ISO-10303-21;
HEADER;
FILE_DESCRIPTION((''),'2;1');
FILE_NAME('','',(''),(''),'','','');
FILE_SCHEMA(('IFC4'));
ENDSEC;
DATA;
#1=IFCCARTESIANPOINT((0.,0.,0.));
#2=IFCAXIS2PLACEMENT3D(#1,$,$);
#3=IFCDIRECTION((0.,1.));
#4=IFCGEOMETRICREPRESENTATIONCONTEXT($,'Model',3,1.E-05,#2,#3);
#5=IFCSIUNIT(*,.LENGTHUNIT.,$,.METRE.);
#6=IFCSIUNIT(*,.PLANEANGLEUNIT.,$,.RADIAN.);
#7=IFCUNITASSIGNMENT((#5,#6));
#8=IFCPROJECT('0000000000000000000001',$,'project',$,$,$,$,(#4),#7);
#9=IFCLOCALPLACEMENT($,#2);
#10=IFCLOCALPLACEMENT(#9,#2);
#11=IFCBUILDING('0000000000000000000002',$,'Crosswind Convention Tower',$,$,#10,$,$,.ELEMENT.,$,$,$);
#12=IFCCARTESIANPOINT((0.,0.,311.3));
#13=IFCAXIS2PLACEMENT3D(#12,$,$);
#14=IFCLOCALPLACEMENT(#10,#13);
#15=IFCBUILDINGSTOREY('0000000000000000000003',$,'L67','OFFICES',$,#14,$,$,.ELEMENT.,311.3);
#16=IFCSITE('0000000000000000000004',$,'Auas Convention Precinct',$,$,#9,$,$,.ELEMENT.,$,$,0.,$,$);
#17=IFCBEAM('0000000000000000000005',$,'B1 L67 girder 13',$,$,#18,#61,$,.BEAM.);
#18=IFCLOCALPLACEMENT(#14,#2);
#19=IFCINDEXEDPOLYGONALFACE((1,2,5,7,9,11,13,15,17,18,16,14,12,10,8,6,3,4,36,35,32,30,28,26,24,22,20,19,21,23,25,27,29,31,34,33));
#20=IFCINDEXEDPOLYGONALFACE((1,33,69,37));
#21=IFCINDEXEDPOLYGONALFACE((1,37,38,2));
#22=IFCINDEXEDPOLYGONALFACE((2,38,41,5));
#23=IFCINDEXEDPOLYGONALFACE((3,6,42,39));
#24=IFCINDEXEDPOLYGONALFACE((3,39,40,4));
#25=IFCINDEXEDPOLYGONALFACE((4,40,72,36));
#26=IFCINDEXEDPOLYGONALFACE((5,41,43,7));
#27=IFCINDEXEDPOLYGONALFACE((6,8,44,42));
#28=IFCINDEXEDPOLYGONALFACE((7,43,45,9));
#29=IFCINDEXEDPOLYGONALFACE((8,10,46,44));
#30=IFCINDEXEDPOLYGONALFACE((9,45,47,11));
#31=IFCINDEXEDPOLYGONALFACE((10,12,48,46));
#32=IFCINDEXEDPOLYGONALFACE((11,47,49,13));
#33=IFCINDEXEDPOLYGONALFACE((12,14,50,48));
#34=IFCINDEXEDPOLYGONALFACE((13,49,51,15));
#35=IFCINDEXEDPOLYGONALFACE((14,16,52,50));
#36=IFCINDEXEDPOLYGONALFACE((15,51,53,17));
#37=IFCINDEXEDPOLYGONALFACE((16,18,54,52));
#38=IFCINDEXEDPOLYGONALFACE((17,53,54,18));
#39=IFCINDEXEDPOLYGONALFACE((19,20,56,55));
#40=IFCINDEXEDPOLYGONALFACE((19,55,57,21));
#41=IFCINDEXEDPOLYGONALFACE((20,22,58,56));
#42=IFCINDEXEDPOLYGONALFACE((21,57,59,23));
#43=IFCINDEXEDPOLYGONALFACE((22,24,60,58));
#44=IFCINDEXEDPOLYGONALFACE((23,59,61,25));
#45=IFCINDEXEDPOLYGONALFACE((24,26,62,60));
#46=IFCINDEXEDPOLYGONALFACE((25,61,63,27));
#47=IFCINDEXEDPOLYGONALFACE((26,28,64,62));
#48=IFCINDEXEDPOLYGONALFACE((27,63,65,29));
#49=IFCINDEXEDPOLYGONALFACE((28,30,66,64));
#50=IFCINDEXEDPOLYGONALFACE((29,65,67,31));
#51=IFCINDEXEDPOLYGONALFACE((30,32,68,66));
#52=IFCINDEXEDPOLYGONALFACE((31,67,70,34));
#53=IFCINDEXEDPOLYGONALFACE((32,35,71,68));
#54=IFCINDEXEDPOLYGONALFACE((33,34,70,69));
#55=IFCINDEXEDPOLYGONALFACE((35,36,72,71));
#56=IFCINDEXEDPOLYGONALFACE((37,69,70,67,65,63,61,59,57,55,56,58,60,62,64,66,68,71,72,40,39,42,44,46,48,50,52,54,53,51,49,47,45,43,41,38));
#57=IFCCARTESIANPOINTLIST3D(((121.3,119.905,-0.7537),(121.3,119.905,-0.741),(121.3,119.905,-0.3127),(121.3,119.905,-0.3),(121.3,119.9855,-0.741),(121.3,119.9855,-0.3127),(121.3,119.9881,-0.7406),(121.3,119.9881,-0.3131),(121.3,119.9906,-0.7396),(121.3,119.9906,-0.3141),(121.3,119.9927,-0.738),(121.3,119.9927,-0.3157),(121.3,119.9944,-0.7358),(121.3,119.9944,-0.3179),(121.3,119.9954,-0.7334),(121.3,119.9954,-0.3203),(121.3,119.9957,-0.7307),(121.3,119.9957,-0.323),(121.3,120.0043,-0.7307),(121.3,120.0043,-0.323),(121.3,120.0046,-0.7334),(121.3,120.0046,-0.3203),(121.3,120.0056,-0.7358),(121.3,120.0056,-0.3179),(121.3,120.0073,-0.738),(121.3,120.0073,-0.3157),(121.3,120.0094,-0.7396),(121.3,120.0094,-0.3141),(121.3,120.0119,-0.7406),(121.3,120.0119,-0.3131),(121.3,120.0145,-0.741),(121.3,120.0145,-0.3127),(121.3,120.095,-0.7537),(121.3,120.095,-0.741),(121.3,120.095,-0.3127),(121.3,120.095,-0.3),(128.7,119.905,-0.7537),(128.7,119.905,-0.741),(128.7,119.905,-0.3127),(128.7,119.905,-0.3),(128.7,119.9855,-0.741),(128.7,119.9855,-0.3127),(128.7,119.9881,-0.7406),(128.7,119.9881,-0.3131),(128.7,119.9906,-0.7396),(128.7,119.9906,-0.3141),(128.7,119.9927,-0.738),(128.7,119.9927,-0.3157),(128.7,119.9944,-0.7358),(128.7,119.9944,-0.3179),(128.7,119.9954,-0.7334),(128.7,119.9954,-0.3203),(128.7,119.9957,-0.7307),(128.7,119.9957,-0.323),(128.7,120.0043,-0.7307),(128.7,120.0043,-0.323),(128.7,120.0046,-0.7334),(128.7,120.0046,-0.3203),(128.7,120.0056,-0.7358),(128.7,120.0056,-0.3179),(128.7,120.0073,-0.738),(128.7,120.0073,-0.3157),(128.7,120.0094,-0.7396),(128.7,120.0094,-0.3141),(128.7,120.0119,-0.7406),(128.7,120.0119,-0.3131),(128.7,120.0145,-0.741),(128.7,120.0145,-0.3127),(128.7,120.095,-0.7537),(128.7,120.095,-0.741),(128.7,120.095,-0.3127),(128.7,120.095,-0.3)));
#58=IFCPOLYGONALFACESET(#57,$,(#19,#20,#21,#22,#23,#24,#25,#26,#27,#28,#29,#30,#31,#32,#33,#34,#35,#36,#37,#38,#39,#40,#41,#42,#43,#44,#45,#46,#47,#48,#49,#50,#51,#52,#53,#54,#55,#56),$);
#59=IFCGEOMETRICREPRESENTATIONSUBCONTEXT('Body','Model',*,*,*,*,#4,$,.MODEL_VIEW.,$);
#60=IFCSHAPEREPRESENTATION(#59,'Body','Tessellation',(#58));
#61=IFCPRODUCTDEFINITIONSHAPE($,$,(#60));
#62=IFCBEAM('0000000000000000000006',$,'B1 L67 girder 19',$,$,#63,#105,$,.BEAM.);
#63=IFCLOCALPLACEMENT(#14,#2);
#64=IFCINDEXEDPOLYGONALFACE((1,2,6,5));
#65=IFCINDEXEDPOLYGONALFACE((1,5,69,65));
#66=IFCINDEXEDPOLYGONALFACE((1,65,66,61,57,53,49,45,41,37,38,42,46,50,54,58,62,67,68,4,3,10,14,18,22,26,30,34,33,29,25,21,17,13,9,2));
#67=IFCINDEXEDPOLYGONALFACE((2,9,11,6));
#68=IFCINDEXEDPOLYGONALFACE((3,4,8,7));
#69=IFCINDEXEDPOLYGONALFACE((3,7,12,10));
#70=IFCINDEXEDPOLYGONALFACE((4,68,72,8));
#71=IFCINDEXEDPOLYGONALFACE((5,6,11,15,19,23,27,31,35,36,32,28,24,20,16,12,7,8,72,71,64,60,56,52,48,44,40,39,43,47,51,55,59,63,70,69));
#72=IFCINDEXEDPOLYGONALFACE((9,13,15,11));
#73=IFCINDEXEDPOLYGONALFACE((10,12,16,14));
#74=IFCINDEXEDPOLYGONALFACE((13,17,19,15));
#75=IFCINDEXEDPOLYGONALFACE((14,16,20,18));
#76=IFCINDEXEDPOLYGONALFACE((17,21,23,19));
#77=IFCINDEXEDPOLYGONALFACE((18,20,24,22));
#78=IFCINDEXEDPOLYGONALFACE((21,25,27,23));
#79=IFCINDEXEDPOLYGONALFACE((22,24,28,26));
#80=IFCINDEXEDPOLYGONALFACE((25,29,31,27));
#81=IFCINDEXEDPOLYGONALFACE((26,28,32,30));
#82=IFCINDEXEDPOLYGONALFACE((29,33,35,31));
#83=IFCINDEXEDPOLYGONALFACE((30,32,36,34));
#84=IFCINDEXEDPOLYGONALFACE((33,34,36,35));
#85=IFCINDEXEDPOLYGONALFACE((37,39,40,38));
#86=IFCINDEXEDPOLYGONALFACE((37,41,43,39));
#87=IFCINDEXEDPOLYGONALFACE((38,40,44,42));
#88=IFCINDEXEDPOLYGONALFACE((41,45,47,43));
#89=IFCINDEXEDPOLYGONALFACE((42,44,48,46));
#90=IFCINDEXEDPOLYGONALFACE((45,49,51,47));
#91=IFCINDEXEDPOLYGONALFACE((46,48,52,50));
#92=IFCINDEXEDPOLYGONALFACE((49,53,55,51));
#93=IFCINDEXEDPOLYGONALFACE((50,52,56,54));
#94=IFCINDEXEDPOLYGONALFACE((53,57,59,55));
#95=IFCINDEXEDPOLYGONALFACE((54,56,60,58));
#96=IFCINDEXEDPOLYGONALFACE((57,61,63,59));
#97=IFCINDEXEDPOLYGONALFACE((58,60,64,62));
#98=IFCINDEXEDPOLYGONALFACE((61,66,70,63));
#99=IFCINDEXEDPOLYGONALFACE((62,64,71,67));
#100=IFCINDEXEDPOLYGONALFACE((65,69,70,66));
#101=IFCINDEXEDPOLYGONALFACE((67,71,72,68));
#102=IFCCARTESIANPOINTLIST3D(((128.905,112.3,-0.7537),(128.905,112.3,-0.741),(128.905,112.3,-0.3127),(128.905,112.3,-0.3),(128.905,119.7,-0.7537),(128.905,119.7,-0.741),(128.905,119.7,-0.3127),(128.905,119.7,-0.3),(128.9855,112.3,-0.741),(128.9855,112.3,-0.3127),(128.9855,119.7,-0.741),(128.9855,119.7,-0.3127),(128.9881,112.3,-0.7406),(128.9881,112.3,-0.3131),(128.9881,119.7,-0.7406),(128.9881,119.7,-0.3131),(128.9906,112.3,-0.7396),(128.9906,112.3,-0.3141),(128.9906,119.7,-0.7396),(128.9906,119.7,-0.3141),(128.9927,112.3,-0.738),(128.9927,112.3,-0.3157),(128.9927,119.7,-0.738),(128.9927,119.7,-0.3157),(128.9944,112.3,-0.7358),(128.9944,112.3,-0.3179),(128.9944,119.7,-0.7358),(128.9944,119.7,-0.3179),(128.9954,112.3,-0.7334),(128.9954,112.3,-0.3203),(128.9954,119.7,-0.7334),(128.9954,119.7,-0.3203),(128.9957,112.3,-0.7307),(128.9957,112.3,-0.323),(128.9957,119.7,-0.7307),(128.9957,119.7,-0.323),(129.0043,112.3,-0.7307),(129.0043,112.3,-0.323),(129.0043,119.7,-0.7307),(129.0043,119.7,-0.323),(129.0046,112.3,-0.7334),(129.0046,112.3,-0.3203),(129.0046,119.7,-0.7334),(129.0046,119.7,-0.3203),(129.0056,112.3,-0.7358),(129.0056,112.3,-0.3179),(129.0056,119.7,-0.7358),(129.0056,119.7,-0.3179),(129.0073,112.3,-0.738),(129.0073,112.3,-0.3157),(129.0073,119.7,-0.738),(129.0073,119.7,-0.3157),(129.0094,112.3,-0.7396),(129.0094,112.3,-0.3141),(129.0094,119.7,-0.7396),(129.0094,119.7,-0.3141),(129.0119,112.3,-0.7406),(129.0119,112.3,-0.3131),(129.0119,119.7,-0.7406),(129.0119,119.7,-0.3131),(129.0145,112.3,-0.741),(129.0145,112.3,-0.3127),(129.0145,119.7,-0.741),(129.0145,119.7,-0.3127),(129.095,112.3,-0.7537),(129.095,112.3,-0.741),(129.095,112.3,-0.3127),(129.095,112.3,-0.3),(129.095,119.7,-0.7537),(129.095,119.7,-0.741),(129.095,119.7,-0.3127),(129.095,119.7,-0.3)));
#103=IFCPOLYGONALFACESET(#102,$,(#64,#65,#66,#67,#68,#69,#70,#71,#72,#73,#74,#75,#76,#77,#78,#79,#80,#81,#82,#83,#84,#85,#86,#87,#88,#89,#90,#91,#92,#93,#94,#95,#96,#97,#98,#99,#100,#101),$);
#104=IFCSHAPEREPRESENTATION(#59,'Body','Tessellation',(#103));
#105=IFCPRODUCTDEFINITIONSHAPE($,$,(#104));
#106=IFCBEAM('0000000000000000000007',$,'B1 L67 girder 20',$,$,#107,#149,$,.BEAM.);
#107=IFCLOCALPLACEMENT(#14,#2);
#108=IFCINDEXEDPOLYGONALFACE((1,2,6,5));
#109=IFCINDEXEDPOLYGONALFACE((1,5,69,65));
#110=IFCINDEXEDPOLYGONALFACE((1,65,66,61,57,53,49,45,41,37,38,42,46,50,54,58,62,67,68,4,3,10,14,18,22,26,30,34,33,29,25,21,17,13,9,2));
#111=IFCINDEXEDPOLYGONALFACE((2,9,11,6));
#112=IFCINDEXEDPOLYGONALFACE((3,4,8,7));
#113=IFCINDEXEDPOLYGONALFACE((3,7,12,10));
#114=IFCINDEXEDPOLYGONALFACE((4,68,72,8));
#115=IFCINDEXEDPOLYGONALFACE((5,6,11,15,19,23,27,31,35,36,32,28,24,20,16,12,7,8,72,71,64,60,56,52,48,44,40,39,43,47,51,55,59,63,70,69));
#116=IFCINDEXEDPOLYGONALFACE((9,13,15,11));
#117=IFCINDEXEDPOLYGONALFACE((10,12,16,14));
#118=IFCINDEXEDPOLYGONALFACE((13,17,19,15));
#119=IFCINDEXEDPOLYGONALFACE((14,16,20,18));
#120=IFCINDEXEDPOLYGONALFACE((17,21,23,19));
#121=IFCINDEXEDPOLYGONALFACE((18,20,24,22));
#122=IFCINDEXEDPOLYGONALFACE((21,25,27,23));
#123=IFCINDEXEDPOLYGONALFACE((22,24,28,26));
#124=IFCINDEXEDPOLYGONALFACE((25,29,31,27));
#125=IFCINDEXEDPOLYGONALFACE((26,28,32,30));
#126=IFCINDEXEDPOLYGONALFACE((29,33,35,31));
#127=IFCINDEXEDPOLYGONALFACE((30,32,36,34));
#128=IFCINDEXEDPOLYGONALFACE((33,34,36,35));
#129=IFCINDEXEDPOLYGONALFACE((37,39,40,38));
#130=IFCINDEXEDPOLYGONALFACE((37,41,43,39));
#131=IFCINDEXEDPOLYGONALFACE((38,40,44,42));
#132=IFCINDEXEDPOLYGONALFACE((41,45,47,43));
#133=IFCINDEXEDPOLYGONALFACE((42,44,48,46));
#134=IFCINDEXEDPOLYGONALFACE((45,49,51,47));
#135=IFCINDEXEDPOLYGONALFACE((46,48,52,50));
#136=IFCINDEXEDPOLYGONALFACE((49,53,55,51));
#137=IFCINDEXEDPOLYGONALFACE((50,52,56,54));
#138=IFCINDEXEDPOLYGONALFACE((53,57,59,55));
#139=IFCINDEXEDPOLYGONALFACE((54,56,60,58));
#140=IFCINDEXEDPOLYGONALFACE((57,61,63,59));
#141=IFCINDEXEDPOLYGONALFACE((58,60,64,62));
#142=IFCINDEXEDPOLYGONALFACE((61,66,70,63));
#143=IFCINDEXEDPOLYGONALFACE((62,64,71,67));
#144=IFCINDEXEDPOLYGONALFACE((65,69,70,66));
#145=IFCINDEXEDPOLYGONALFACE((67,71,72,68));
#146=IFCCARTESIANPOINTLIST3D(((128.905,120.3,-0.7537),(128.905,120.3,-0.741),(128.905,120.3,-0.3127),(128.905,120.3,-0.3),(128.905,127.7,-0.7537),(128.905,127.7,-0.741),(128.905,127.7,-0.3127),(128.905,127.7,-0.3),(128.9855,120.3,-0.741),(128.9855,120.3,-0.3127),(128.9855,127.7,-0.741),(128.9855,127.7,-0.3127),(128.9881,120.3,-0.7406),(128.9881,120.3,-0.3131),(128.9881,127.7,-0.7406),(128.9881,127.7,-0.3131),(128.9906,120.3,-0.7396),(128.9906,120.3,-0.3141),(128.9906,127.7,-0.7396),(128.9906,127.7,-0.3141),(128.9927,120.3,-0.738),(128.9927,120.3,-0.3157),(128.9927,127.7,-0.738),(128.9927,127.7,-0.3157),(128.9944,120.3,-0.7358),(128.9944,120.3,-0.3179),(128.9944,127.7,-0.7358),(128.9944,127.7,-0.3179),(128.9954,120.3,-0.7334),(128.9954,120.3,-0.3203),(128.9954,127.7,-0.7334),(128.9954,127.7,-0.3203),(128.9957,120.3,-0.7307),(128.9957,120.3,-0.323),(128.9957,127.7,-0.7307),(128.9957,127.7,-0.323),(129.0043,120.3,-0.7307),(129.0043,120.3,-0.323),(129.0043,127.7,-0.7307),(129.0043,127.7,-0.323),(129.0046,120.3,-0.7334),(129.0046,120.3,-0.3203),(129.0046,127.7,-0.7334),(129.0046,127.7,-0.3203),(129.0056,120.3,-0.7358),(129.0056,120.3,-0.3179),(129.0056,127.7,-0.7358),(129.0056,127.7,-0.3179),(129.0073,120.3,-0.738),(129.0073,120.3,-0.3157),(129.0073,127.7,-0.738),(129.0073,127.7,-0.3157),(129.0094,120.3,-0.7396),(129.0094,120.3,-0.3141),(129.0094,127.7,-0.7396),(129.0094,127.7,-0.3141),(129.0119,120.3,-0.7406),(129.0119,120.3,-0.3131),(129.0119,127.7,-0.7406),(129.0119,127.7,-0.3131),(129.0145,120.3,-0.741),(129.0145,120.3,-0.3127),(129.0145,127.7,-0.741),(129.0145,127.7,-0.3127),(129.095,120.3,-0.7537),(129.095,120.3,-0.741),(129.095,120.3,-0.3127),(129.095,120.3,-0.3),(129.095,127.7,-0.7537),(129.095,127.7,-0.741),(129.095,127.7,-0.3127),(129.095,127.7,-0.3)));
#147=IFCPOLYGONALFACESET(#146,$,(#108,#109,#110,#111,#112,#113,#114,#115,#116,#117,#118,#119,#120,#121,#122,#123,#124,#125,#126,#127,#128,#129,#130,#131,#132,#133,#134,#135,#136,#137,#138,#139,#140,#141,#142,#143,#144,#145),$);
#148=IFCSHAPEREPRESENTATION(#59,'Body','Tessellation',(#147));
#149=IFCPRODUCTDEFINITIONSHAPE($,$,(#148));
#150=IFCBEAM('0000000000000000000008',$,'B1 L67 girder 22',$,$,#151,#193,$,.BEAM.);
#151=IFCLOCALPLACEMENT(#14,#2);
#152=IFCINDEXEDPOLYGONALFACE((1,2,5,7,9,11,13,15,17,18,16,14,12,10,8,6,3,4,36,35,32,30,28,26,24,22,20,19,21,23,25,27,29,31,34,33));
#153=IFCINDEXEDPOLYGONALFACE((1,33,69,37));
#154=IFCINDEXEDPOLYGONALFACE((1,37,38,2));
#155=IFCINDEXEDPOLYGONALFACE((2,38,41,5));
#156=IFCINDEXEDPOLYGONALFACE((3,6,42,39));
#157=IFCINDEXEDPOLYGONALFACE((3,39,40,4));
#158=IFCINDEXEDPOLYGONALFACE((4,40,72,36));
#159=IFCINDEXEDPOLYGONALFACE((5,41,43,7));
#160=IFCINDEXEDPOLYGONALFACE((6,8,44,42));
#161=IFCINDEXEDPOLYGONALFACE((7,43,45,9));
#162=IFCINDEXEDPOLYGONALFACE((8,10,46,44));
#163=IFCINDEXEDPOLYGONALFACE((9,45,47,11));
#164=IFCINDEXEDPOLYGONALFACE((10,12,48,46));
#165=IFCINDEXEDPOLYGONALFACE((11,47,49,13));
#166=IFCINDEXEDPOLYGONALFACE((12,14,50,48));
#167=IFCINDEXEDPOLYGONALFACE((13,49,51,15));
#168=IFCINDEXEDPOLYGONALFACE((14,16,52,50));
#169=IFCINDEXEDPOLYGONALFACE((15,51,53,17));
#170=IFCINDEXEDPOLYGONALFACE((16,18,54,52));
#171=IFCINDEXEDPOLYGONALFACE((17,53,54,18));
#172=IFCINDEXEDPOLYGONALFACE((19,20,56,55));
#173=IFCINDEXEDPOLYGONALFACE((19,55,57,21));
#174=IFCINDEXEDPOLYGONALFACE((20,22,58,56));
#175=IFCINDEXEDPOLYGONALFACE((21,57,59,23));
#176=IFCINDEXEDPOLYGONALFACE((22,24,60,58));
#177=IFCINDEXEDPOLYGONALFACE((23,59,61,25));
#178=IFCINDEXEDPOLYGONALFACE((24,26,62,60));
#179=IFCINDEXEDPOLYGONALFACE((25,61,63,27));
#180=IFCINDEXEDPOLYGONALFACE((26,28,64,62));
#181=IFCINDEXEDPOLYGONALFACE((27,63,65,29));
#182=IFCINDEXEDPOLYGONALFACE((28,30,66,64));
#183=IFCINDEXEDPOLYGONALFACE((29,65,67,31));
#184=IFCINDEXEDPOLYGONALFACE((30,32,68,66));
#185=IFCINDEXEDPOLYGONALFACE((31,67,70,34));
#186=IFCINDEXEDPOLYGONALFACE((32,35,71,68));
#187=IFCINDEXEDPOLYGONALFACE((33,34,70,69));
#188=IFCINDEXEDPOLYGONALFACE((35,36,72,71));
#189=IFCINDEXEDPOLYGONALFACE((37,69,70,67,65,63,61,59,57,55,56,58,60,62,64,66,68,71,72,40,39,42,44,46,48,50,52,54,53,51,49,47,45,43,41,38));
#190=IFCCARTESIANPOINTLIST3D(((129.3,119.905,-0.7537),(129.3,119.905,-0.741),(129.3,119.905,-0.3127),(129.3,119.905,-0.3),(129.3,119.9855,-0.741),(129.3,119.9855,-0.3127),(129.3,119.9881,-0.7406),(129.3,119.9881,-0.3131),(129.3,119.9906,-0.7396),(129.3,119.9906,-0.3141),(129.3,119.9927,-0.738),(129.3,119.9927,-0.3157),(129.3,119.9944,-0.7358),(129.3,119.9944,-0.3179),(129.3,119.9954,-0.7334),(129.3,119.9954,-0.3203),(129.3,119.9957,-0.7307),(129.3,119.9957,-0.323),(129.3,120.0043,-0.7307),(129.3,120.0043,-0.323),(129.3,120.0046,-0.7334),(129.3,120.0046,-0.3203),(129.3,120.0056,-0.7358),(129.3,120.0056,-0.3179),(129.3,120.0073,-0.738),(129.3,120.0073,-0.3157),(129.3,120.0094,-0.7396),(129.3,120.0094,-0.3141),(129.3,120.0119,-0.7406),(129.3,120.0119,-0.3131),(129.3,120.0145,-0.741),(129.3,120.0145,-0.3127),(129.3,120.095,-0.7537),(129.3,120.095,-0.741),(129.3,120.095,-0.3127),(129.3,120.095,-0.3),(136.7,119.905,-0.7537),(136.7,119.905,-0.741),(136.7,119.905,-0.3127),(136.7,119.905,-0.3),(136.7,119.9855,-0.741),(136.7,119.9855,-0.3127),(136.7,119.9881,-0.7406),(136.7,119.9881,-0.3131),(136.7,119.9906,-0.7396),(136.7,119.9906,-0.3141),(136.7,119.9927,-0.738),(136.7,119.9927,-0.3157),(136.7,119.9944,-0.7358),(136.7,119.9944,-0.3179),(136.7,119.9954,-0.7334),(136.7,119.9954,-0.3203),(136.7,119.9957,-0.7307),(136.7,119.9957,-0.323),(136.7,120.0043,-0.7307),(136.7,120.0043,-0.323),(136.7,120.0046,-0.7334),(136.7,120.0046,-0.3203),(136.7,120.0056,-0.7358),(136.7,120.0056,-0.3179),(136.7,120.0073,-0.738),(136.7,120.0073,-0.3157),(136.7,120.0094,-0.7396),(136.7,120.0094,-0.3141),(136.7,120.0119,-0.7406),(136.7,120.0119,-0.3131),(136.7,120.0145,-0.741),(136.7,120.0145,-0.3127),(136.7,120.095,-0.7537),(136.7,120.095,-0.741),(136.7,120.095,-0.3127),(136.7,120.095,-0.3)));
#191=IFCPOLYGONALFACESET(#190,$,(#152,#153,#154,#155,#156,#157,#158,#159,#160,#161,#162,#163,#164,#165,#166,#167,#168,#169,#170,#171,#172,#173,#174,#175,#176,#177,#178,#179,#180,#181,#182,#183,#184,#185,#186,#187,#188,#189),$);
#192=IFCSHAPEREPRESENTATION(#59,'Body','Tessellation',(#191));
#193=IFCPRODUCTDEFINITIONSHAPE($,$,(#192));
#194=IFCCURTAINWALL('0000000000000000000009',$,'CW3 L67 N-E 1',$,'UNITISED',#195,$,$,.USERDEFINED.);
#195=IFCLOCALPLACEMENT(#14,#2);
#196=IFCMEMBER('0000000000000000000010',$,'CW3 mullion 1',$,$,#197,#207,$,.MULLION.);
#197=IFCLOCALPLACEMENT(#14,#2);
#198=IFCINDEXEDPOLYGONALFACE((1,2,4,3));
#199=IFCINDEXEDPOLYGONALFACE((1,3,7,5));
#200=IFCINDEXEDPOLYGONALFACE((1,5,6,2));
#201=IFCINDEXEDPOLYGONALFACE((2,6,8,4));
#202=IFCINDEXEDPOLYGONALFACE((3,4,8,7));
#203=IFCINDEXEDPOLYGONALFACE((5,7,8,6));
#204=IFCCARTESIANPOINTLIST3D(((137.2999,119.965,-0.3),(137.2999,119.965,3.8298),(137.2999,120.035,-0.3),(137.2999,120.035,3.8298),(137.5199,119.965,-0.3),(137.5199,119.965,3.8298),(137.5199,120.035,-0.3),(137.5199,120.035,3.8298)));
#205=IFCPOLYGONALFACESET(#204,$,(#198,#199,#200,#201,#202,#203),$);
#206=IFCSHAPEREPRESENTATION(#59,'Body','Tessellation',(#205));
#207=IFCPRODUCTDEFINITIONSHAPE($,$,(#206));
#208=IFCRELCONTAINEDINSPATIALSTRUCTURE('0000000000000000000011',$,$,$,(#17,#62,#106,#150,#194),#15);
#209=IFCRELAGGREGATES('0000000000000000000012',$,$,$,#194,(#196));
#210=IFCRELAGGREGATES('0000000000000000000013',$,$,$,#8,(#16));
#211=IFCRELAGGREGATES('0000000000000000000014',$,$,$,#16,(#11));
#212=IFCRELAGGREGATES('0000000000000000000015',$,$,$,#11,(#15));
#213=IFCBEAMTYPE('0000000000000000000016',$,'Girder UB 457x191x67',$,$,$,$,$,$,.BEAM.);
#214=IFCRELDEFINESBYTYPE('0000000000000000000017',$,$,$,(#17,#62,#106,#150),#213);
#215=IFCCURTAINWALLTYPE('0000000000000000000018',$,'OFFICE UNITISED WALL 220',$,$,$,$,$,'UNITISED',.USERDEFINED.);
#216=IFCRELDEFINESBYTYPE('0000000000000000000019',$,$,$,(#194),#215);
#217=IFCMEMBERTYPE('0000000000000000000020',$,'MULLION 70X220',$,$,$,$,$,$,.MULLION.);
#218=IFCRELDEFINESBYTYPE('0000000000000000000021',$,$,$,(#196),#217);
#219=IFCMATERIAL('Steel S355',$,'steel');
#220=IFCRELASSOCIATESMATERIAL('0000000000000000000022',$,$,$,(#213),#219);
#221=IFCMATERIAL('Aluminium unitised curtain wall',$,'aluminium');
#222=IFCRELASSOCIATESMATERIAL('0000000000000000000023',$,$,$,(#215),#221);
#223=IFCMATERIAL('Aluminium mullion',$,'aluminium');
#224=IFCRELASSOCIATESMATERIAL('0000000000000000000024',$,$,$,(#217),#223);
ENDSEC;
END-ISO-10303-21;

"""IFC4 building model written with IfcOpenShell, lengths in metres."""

from ifc_helpers import new_model, si_unit, direction, frame, origin, origin_2d, place, context, subcontext, project, spatial, rectangle, i_section, extrude, material, material_profile, profile_set, type_object, element, aggregate, save


model = new_model("IFC4")

# Units and contexts
model_context = context("Model", 3, precision=1e-05, world=origin(), true_north=direction((0.0, 1.0)))
body_context = subcontext(model_context, "Body", "Model", "MODEL_VIEW")
ifc_project = project(units=[si_unit("LENGTHUNIT", "METRE"), si_unit("PLANEANGLEUNIT", "RADIAN")], contexts=[model_context])

# Site, building, storey
site_placement = place(None, origin())
site = spatial("IfcSite", under=ifc_project, at=site_placement, Name="Auas Convention Precinct", CompositionType="ELEMENT", RefElevation=0.0)
building_placement = place(site_placement, origin())
building = spatial("IfcBuilding", under=site, at=building_placement, Name="Crosswind Convention Tower", CompositionType="ELEMENT")
storey_placement = place(building_placement, frame((0.0, 0.0, 311.3)))
storey = spatial("IfcBuildingStorey", under=building, at=storey_placement, Name="L67", Description="OFFICES", CompositionType="ELEMENT", Elevation=311.3)

# Beams
ifc_material_1 = material(Name="Steel S355", Category="steel")
ifc_material_profile_1 = material_profile(ifc_material_1, i_section(OverallWidth=0.1899, OverallDepth=0.4536, WebThickness=0.0085, FlangeThickness=0.0127, FilletRadius=0.0103, at=origin_2d()), Name="UB 457x191x67")
ifc_profile_set_1 = profile_set([ifc_material_profile_1], Name="Steel S355")
beam_type_1 = type_object("IfcBeamType", Name="Girder UB 457x191x67", PredefinedType="BEAM", material=ifc_profile_set_1)
for number, where, z_axis, x_axis, name in (
    (1, (121.3, 120.0, -0.5269), (1.0, 0.0, 0.0), (0.0, 1.0, 0.0), "B1 L67 girder 13"),
    (2, (129.0, 112.3, -0.5269), (0.0, 1.0, 0.0), (-1.0, 0.0, 0.0), "B1 L67 girder 19"),
    (3, (129.0, 120.3, -0.5269), (0.0, 1.0, 0.0), (-1.0, 0.0, 0.0), "B1 L67 girder 20"),
    (4, (129.3, 120.0, -0.5269), (1.0, 0.0, 0.0), (0.0, 1.0, 0.0), "B1 L67 girder 22"),
):
    element("IfcBeam", number, at=place(storey_placement, frame(where, z_axis=z_axis, x_axis=x_axis)), inside=storey, type_object=beam_type_1, Name=name, PredefinedType="BEAM", context=body_context, shape_type="SweptSolid", body=[
        extrude(i_section(OverallWidth=0.1899, OverallDepth=0.4536, WebThickness=0.0085, FlangeThickness=0.0127, FilletRadius=0.0103, at=origin_2d()), origin(), (0.0, 0.0, 1.0), 7.3999),
    ])

# Curtain wall, member
ifc_material_2 = material(Name="Aluminium unitised curtain wall", Category="aluminium")
curtain_wall_type = type_object("IfcCurtainWallType", Name="OFFICE UNITISED WALL 220", ElementType="UNITISED", PredefinedType="USERDEFINED", material=ifc_material_2)
curtain_wall_1_placement = place(storey_placement, origin())
curtain_wall_1 = element("IfcCurtainWall", 5, at=curtain_wall_1_placement, inside=storey, type_object=curtain_wall_type, Name="CW3 L67 N-E 1", ObjectType="UNITISED", PredefinedType="USERDEFINED")
ifc_material_3 = material(Name="Aluminium mullion", Category="aluminium")
ifc_material_profile_2 = material_profile(ifc_material_3, rectangle(XDim=0.22, YDim=0.0701, at=origin_2d()), Name="AL 220X70")
ifc_profile_set_2 = profile_set([ifc_material_profile_2], Name="Aluminium mullion")
member_type_1 = type_object("IfcMemberType", Name="MULLION 70X220", PredefinedType="MULLION", material=ifc_profile_set_2)
member_1_placement = place(storey_placement, frame((137.4099, 120.0, -0.3), z_axis=(0.0, 0.0, 1.0), x_axis=(1.0, 0.0, 0.0)))
member_1 = element("IfcMember", 6, at=member_1_placement, type_object=member_type_1, Name="CW3 mullion 1", PredefinedType="MULLION", context=body_context, shape_type="SweptSolid", body=[
    extrude(rectangle(XDim=0.22, YDim=0.0701, at=origin_2d()), origin(), (0.0, 0.0, 1.0), 4.1299),
])

aggregate(curtain_wall_1, [member_1])

save(model, "model.ifc")
